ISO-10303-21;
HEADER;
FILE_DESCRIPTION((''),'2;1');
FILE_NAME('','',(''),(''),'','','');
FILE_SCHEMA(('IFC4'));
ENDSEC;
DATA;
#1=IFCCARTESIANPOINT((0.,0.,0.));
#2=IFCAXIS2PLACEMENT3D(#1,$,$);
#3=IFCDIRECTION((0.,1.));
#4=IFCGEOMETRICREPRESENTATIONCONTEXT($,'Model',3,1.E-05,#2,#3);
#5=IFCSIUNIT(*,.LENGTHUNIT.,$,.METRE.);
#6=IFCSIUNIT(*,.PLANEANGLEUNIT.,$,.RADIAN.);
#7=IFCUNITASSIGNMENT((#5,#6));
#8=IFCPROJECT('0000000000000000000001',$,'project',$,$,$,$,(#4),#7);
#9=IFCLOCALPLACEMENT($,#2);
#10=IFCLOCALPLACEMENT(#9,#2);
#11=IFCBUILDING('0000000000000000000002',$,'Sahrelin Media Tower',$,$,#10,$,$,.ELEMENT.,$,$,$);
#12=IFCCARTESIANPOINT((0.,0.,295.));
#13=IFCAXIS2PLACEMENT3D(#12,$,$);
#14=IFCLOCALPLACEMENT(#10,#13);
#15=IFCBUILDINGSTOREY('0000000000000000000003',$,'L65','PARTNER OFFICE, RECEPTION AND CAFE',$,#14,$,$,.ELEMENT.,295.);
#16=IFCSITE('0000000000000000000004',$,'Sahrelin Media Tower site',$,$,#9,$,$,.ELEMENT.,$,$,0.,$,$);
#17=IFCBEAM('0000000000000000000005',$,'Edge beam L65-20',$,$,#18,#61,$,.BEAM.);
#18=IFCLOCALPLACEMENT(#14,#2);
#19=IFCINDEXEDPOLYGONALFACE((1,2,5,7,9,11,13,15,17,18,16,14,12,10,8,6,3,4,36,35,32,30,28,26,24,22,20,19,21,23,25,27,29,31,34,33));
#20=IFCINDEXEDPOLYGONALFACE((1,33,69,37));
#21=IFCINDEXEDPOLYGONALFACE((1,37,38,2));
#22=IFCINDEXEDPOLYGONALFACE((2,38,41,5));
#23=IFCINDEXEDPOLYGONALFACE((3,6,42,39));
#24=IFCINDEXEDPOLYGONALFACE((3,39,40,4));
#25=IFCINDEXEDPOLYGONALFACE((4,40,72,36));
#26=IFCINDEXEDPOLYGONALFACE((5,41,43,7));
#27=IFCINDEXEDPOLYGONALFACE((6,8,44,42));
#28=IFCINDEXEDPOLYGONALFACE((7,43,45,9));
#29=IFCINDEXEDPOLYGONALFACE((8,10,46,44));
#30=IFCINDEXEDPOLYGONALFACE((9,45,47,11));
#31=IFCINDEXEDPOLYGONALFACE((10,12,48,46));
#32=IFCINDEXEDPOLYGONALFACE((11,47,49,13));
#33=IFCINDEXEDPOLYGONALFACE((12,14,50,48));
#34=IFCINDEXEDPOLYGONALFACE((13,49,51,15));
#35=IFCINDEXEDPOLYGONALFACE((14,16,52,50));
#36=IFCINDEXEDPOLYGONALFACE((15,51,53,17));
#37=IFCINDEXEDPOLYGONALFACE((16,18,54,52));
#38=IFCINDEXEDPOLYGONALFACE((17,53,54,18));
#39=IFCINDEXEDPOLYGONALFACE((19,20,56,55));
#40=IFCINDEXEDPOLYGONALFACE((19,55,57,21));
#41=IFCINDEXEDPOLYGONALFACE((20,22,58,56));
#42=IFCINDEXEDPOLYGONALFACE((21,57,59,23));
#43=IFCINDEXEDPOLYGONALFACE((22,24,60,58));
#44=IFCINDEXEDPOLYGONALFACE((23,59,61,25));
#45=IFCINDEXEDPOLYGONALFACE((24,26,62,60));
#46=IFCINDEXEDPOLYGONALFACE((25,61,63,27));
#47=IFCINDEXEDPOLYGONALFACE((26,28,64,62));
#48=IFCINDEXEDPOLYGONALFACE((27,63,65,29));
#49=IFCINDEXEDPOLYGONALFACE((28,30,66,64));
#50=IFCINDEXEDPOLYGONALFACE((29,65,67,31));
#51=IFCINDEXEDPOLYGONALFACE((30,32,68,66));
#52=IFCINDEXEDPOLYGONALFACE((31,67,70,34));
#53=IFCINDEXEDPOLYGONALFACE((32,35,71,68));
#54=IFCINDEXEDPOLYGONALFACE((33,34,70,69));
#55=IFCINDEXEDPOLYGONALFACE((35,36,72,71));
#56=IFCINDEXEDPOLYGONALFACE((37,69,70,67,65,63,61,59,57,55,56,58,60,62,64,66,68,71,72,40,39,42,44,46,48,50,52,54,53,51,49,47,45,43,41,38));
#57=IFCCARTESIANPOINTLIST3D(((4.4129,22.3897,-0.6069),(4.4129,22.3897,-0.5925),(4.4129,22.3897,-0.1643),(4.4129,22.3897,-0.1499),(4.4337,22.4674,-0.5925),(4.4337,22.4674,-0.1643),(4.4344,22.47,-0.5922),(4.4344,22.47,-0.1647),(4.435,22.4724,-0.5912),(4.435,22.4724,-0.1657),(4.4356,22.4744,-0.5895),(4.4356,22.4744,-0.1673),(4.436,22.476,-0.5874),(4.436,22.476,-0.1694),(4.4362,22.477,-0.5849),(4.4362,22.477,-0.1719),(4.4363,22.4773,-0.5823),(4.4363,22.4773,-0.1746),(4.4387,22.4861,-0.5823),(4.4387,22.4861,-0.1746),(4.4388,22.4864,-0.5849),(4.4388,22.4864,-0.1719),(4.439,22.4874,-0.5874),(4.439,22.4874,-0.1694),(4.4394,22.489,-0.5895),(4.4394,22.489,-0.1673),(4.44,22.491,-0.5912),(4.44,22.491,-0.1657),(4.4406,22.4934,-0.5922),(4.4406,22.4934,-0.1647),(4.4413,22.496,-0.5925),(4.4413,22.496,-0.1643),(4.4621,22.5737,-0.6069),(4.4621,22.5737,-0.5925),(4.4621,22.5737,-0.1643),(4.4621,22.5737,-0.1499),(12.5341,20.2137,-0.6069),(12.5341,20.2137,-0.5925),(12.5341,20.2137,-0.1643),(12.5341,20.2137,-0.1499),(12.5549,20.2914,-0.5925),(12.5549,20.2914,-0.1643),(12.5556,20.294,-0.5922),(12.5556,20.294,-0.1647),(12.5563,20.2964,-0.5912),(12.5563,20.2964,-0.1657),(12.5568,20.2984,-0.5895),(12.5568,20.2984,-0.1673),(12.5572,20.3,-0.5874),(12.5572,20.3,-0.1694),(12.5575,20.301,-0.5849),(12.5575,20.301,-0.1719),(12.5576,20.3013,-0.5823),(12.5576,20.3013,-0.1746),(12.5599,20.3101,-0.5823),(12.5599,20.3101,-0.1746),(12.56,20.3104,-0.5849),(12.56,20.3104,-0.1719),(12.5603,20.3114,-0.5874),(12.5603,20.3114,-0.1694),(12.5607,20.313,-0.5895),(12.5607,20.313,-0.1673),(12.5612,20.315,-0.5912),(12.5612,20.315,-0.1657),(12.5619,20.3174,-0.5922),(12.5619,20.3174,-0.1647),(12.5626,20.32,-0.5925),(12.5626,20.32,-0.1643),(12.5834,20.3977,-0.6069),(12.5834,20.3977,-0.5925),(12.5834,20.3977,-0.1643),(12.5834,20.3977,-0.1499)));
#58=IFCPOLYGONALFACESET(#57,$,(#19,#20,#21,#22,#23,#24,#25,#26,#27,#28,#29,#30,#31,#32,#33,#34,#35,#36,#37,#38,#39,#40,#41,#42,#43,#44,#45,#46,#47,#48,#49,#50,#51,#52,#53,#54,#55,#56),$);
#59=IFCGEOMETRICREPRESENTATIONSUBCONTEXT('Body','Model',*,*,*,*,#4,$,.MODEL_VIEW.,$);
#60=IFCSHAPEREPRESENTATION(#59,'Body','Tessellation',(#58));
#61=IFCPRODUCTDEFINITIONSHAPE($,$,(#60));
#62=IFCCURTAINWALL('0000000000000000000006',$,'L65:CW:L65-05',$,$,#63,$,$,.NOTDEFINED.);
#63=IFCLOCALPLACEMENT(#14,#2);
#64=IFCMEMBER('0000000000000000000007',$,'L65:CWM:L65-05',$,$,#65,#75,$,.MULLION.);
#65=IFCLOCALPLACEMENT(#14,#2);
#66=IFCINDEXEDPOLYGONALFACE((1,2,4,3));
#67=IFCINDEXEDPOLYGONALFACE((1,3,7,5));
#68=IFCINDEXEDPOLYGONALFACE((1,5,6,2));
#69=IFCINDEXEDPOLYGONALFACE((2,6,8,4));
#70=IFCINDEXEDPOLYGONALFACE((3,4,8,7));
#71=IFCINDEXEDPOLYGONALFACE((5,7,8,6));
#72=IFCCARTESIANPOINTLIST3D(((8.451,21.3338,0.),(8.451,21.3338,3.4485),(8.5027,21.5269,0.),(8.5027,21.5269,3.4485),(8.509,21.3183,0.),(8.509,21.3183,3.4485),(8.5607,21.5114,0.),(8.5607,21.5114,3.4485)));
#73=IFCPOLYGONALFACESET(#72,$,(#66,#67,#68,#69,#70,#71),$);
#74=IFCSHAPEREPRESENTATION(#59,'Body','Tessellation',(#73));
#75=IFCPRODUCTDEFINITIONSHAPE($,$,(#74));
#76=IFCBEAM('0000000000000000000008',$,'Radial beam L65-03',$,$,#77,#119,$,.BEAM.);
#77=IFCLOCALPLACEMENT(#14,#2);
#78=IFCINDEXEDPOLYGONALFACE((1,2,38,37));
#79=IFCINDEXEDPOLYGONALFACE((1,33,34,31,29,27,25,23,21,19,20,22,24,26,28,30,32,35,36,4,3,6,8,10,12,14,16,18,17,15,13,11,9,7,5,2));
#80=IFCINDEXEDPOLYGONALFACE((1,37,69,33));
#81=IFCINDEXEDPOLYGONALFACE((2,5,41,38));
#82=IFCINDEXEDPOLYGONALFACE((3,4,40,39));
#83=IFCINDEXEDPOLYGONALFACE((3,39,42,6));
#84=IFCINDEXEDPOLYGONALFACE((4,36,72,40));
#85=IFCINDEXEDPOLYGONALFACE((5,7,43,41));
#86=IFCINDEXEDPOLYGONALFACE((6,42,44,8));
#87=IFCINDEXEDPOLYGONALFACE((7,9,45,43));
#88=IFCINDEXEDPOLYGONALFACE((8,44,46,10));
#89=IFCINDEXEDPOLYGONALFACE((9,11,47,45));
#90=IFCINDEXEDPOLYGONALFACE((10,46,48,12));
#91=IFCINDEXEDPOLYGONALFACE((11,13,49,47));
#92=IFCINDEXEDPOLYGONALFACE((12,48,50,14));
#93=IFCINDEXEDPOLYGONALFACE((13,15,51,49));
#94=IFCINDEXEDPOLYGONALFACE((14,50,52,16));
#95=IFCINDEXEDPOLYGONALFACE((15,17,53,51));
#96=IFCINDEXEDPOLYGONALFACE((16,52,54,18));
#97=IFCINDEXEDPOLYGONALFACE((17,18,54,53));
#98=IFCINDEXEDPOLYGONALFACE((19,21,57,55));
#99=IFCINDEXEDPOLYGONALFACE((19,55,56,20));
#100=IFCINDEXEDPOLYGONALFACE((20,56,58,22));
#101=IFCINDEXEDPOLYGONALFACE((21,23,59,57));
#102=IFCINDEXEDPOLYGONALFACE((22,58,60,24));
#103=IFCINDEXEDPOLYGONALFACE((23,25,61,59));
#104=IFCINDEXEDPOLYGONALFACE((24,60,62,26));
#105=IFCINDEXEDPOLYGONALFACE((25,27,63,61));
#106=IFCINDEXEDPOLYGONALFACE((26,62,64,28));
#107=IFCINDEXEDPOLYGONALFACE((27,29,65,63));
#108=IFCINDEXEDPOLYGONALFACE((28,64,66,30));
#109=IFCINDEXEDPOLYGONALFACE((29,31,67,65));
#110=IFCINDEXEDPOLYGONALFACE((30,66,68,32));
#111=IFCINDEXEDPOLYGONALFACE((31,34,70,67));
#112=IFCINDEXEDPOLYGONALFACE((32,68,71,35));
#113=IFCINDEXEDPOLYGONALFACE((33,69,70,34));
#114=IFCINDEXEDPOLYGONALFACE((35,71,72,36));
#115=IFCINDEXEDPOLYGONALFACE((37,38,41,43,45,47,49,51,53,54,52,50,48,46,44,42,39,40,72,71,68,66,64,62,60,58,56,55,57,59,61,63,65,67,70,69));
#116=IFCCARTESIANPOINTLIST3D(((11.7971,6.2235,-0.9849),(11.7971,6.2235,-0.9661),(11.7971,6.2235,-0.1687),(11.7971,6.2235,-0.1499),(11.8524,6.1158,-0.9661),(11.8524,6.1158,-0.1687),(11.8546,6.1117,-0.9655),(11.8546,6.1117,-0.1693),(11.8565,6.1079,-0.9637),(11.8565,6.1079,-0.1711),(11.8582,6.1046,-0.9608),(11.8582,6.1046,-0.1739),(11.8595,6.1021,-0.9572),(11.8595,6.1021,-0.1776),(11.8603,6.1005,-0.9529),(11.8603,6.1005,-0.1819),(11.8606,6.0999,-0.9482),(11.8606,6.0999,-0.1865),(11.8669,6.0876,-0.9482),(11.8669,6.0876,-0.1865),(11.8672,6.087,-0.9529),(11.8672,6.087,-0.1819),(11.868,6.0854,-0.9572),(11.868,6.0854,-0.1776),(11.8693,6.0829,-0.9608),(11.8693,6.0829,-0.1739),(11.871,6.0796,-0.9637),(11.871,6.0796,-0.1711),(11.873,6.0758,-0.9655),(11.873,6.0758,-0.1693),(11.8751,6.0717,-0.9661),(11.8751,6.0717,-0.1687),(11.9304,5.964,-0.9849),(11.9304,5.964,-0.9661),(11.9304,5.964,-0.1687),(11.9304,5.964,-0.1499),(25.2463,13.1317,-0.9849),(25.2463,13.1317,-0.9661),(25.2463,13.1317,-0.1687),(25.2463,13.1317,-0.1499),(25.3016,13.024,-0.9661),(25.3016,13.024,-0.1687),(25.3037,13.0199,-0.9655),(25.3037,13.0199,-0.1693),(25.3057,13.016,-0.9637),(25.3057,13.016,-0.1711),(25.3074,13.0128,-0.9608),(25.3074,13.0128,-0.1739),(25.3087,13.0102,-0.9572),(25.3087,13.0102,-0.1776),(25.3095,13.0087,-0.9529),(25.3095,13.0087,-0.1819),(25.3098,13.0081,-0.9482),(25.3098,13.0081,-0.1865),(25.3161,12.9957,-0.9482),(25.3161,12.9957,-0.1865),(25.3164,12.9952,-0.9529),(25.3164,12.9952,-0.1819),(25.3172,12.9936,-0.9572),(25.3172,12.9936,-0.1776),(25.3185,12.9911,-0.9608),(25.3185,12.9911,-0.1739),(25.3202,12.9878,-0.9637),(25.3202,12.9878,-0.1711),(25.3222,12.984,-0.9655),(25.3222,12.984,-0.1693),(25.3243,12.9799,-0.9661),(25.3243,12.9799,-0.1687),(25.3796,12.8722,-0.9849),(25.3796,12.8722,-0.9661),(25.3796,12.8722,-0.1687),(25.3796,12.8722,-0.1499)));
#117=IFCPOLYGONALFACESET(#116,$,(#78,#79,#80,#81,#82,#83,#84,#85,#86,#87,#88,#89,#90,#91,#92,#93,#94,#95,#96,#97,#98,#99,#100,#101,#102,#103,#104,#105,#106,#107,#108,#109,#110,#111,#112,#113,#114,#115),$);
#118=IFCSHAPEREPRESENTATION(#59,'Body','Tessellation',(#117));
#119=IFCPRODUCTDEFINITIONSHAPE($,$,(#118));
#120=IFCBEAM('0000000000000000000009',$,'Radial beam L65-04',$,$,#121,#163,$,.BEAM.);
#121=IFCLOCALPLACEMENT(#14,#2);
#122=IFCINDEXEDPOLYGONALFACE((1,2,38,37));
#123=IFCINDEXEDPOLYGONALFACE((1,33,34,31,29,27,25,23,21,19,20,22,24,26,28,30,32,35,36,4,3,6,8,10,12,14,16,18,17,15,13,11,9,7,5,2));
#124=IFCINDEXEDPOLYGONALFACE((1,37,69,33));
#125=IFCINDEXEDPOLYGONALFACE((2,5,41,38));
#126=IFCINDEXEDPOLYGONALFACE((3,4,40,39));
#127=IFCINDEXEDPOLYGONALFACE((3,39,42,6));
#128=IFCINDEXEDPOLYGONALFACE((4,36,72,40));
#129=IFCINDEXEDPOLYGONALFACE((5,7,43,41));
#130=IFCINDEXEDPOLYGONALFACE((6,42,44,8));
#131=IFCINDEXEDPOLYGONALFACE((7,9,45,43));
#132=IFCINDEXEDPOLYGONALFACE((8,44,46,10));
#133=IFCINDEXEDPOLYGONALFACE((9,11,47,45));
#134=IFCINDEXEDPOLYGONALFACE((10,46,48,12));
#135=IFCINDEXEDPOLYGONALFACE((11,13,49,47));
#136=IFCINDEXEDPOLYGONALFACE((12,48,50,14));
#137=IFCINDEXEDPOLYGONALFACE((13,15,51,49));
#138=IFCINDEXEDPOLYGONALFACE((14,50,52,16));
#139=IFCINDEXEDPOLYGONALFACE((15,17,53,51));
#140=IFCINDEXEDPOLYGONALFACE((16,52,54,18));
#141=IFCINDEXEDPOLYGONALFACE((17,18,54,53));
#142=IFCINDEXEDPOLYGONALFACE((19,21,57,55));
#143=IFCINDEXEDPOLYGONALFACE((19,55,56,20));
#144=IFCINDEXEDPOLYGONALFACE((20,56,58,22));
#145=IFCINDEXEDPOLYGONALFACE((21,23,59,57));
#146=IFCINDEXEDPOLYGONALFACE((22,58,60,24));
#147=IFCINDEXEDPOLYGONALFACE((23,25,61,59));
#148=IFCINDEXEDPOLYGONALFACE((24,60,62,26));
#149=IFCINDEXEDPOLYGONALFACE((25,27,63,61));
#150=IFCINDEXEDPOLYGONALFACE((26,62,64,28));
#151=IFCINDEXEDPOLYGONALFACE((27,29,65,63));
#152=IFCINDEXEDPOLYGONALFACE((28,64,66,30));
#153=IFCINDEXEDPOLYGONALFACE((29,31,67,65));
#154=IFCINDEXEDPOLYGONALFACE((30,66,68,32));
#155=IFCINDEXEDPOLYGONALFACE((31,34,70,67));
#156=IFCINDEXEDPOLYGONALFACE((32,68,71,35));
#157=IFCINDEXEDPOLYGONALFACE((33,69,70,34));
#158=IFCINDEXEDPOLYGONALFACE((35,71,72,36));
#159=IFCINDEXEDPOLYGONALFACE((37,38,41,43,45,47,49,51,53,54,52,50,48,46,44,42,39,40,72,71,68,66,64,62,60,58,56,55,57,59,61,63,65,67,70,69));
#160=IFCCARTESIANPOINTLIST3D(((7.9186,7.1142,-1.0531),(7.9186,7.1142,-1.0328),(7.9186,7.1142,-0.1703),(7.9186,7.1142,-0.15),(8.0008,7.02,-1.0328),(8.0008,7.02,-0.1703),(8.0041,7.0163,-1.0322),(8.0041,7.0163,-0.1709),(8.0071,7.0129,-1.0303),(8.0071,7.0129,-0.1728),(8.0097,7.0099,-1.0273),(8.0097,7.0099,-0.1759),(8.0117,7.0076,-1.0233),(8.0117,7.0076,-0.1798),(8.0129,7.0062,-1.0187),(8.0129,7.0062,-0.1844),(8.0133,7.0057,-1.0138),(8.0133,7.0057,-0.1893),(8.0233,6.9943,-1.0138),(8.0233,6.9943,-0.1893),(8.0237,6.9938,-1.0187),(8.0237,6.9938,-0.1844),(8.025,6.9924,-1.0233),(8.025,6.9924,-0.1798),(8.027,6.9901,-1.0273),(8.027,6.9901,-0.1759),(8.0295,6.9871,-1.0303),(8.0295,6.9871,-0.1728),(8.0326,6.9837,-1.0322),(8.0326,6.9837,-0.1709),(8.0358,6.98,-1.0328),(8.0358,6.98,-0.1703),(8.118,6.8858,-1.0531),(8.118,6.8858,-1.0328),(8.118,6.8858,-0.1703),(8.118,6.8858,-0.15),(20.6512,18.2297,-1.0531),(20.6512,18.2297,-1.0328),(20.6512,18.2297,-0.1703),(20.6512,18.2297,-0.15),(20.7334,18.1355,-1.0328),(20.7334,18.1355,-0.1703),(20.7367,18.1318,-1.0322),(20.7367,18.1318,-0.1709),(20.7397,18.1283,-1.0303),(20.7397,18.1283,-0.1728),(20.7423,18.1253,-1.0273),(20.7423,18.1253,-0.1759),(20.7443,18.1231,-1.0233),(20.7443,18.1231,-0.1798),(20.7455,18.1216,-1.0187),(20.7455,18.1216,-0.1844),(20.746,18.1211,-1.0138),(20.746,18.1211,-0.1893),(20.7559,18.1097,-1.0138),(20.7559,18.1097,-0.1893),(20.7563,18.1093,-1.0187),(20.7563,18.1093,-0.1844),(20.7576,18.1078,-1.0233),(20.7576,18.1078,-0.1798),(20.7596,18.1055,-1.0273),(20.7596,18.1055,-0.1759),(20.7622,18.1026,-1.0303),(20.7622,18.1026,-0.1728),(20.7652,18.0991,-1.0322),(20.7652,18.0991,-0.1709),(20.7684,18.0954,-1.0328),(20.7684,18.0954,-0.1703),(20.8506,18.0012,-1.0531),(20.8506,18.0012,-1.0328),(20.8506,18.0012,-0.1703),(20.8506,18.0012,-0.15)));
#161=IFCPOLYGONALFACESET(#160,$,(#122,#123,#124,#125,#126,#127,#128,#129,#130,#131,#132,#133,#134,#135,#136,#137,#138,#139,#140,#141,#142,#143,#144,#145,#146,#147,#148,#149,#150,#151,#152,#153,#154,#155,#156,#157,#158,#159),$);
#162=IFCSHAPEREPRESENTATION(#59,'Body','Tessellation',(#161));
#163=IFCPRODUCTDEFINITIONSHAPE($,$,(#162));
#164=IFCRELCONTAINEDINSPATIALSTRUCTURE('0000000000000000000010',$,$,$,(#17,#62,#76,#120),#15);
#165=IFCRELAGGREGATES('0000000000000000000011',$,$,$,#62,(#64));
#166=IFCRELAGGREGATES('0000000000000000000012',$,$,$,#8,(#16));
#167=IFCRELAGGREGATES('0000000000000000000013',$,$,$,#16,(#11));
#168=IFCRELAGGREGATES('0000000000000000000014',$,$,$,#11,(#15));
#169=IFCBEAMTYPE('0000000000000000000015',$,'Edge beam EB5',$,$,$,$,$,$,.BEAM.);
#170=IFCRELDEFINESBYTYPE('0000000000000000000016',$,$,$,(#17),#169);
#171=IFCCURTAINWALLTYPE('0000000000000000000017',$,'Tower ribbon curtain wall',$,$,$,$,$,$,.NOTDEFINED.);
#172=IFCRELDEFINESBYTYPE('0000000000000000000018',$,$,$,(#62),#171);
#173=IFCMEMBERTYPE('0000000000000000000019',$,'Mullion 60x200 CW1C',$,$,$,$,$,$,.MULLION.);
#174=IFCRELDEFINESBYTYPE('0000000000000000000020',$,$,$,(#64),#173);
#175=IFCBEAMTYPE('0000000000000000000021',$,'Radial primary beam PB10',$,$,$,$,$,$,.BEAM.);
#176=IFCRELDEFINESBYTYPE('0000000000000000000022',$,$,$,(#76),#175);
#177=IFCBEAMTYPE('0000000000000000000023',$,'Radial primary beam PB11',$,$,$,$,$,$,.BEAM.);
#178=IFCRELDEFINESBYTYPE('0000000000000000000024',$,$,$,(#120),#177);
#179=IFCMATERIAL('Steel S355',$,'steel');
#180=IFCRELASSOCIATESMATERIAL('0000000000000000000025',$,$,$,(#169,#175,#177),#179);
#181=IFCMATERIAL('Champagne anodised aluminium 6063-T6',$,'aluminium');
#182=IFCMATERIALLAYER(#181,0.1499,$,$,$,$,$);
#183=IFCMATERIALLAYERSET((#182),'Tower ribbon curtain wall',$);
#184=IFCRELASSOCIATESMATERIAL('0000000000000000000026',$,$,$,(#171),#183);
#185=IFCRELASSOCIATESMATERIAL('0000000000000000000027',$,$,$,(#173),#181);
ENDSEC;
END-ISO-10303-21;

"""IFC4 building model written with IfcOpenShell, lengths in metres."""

from ifc_helpers import new_model, si_unit, direction, frame, origin, origin_2d, place, context, subcontext, project, spatial, rectangle, i_section, extrude, material, layer, layer_set, material_profile, profile_set, type_object, element, aggregate, save


model = new_model("IFC4")

# Units and contexts
model_context = context("Model", 3, precision=1e-05, world=origin(), true_north=direction((0.0, 1.0)))
body_context = subcontext(model_context, "Body", "Model", "MODEL_VIEW")
ifc_project = project(units=[si_unit("LENGTHUNIT", "METRE"), si_unit("PLANEANGLEUNIT", "RADIAN")], contexts=[model_context])

# Site, building, storey
site_placement = place(None, origin())
site = spatial("IfcSite", under=ifc_project, at=site_placement, Name="Sahrelin Media Tower site", CompositionType="ELEMENT", RefElevation=0.0)
building_placement = place(site_placement, origin())
building = spatial("IfcBuilding", under=site, at=building_placement, Name="Sahrelin Media Tower", CompositionType="ELEMENT")
storey_placement = place(building_placement, frame((0.0, 0.0, 295.0)))
storey = spatial("IfcBuildingStorey", under=building, at=storey_placement, Name="L65", Description="PARTNER OFFICE, RECEPTION AND CAFE", CompositionType="ELEMENT", Elevation=295.0)

# Beam
ifc_material_1 = material(Name="Steel S355", Category="steel")
ifc_material_profile_1 = material_profile(ifc_material_1, i_section(OverallWidth=0.1904, OverallDepth=0.457, WebThickness=0.009, FlangeThickness=0.0144, FilletRadius=0.0103, at=origin_2d()), Name="UB 457x191x74")
ifc_profile_set_1 = profile_set([ifc_material_profile_1], Name="Steel S355")
beam_type_1 = type_object("IfcBeamType", Name="Edge beam EB5", PredefinedType="BEAM", material=ifc_profile_set_1)
beam_1_placement = place(storey_placement, frame((4.4375, 22.4817, -0.3784), z_axis=(0.965928, -0.25881, 0.0), x_axis=(0.25881, 0.965928, 0.0)))
element("IfcBeam", 1, at=beam_1_placement, inside=storey, type_object=beam_type_1, Name="Edge beam L65-20", PredefinedType="BEAM", context=body_context, shape_type="SweptSolid", body=[
    extrude(i_section(OverallWidth=0.1904, OverallDepth=0.457, WebThickness=0.009, FlangeThickness=0.0144, FilletRadius=0.0103, at=origin_2d()), origin(), (0.0, 0.0, 1.0), 8.4077),
])

# Curtain wall, member
ifc_material_2 = material(Name="Champagne anodised aluminium 6063-T6", Category="aluminium")
ifc_layer_1 = layer(ifc_material_2, 0.1499)
ifc_layer_set_1 = layer_set([ifc_layer_1], Name="Tower ribbon curtain wall")
curtain_wall_type = type_object("IfcCurtainWallType", Name="Tower ribbon curtain wall", PredefinedType="NOTDEFINED", material=ifc_layer_set_1)
curtain_wall_1_placement = place(storey_placement, frame((8.5369, 21.5386, 0.0), z_axis=(0.0, 0.0, 1.0), x_axis=(1.0, 0.0, 0.0)))
curtain_wall_1 = element("IfcCurtainWall", 2, at=curtain_wall_1_placement, inside=storey, type_object=curtain_wall_type, Name="L65:CW:L65-05", PredefinedType="NOTDEFINED")
ifc_material_profile_2 = material_profile(ifc_material_2, rectangle(XDim=0.0601, YDim=0.2, at=origin_2d()), Name="Mullion 60x200")
ifc_profile_set_2 = profile_set([ifc_material_profile_2], Name="Champagne anodised aluminium 6063-T6")
member_type_1 = type_object("IfcMemberType", Name="Mullion 60x200 CW1C", PredefinedType="MULLION", material=ifc_profile_set_2)
member_1_placement = place(storey_placement, frame((8.5059, 21.4226, 0.0), z_axis=(0.0, 0.0, 1.0), x_axis=(-0.965928, 0.258812, 0.0)))
member_1 = element("IfcMember", 3, at=member_1_placement, type_object=member_type_1, Name="L65:CWM:L65-05", PredefinedType="MULLION", context=body_context, shape_type="SweptSolid", body=[
    extrude(rectangle(XDim=0.0601, YDim=0.2, at=origin_2d()), origin(), (0.0, 0.0, 1.0), 3.4485),
])
aggregate(curtain_wall_1, [member_1])

# Beams
ifc_material_profile_3 = material_profile(ifc_material_1, i_section(OverallWidth=0.2917, OverallDepth=0.835, WebThickness=0.0139, FlangeThickness=0.0188, FilletRadius=0.0178, at=origin_2d()), Name="UB 838x292x176")
ifc_profile_set_3 = profile_set([ifc_material_profile_3], Name="Steel S355")
beam_type_2 = type_object("IfcBeamType", Name="Radial primary beam PB10", PredefinedType="BEAM", material=ifc_profile_set_3)
beam_2_placement = place(storey_placement, frame((11.8638, 6.0938, -0.5674), z_axis=(0.889517, 0.456901, 0.0), x_axis=(-0.456901, 0.889517, 0.0)))
element("IfcBeam", 4, at=beam_2_placement, inside=storey, type_object=beam_type_2, Name="Radial beam L65-03", PredefinedType="BEAM", context=body_context, shape_type="SweptSolid", body=[
    extrude(i_section(OverallWidth=0.2917, OverallDepth=0.835, WebThickness=0.0139, FlangeThickness=0.0188, FilletRadius=0.0178, at=origin_2d()), origin(), (0.0, 0.0, 1.0), 15.1196),
])
ifc_material_profile_4 = material_profile(ifc_material_1, i_section(OverallWidth=0.3032, OverallDepth=0.9031, WebThickness=0.0151, FlangeThickness=0.0203, FilletRadius=0.019, at=origin_2d()), Name="UB 914x305x201")
ifc_profile_set_4 = profile_set([ifc_material_profile_4], Name="Steel S355")
beam_type_3 = type_object("IfcBeamType", Name="Radial primary beam PB11", PredefinedType="BEAM", material=ifc_profile_set_4)
beam_3_placement = place(storey_placement, frame((8.0183, 7.0, -0.6016), z_axis=(0.753327, 0.657646, 0.0), x_axis=(-0.657646, 0.753327, 0.0)))
element("IfcBeam", 5, at=beam_3_placement, inside=storey, type_object=beam_type_3, Name="Radial beam L65-04", PredefinedType="BEAM", context=body_context, shape_type="SweptSolid", body=[
    extrude(i_section(OverallWidth=0.3032, OverallDepth=0.9031, WebThickness=0.0151, FlangeThickness=0.0203, FilletRadius=0.019, at=origin_2d()), origin(), (0.0, 0.0, 1.0), 16.9019),
])

save(model, "model.ifc")
